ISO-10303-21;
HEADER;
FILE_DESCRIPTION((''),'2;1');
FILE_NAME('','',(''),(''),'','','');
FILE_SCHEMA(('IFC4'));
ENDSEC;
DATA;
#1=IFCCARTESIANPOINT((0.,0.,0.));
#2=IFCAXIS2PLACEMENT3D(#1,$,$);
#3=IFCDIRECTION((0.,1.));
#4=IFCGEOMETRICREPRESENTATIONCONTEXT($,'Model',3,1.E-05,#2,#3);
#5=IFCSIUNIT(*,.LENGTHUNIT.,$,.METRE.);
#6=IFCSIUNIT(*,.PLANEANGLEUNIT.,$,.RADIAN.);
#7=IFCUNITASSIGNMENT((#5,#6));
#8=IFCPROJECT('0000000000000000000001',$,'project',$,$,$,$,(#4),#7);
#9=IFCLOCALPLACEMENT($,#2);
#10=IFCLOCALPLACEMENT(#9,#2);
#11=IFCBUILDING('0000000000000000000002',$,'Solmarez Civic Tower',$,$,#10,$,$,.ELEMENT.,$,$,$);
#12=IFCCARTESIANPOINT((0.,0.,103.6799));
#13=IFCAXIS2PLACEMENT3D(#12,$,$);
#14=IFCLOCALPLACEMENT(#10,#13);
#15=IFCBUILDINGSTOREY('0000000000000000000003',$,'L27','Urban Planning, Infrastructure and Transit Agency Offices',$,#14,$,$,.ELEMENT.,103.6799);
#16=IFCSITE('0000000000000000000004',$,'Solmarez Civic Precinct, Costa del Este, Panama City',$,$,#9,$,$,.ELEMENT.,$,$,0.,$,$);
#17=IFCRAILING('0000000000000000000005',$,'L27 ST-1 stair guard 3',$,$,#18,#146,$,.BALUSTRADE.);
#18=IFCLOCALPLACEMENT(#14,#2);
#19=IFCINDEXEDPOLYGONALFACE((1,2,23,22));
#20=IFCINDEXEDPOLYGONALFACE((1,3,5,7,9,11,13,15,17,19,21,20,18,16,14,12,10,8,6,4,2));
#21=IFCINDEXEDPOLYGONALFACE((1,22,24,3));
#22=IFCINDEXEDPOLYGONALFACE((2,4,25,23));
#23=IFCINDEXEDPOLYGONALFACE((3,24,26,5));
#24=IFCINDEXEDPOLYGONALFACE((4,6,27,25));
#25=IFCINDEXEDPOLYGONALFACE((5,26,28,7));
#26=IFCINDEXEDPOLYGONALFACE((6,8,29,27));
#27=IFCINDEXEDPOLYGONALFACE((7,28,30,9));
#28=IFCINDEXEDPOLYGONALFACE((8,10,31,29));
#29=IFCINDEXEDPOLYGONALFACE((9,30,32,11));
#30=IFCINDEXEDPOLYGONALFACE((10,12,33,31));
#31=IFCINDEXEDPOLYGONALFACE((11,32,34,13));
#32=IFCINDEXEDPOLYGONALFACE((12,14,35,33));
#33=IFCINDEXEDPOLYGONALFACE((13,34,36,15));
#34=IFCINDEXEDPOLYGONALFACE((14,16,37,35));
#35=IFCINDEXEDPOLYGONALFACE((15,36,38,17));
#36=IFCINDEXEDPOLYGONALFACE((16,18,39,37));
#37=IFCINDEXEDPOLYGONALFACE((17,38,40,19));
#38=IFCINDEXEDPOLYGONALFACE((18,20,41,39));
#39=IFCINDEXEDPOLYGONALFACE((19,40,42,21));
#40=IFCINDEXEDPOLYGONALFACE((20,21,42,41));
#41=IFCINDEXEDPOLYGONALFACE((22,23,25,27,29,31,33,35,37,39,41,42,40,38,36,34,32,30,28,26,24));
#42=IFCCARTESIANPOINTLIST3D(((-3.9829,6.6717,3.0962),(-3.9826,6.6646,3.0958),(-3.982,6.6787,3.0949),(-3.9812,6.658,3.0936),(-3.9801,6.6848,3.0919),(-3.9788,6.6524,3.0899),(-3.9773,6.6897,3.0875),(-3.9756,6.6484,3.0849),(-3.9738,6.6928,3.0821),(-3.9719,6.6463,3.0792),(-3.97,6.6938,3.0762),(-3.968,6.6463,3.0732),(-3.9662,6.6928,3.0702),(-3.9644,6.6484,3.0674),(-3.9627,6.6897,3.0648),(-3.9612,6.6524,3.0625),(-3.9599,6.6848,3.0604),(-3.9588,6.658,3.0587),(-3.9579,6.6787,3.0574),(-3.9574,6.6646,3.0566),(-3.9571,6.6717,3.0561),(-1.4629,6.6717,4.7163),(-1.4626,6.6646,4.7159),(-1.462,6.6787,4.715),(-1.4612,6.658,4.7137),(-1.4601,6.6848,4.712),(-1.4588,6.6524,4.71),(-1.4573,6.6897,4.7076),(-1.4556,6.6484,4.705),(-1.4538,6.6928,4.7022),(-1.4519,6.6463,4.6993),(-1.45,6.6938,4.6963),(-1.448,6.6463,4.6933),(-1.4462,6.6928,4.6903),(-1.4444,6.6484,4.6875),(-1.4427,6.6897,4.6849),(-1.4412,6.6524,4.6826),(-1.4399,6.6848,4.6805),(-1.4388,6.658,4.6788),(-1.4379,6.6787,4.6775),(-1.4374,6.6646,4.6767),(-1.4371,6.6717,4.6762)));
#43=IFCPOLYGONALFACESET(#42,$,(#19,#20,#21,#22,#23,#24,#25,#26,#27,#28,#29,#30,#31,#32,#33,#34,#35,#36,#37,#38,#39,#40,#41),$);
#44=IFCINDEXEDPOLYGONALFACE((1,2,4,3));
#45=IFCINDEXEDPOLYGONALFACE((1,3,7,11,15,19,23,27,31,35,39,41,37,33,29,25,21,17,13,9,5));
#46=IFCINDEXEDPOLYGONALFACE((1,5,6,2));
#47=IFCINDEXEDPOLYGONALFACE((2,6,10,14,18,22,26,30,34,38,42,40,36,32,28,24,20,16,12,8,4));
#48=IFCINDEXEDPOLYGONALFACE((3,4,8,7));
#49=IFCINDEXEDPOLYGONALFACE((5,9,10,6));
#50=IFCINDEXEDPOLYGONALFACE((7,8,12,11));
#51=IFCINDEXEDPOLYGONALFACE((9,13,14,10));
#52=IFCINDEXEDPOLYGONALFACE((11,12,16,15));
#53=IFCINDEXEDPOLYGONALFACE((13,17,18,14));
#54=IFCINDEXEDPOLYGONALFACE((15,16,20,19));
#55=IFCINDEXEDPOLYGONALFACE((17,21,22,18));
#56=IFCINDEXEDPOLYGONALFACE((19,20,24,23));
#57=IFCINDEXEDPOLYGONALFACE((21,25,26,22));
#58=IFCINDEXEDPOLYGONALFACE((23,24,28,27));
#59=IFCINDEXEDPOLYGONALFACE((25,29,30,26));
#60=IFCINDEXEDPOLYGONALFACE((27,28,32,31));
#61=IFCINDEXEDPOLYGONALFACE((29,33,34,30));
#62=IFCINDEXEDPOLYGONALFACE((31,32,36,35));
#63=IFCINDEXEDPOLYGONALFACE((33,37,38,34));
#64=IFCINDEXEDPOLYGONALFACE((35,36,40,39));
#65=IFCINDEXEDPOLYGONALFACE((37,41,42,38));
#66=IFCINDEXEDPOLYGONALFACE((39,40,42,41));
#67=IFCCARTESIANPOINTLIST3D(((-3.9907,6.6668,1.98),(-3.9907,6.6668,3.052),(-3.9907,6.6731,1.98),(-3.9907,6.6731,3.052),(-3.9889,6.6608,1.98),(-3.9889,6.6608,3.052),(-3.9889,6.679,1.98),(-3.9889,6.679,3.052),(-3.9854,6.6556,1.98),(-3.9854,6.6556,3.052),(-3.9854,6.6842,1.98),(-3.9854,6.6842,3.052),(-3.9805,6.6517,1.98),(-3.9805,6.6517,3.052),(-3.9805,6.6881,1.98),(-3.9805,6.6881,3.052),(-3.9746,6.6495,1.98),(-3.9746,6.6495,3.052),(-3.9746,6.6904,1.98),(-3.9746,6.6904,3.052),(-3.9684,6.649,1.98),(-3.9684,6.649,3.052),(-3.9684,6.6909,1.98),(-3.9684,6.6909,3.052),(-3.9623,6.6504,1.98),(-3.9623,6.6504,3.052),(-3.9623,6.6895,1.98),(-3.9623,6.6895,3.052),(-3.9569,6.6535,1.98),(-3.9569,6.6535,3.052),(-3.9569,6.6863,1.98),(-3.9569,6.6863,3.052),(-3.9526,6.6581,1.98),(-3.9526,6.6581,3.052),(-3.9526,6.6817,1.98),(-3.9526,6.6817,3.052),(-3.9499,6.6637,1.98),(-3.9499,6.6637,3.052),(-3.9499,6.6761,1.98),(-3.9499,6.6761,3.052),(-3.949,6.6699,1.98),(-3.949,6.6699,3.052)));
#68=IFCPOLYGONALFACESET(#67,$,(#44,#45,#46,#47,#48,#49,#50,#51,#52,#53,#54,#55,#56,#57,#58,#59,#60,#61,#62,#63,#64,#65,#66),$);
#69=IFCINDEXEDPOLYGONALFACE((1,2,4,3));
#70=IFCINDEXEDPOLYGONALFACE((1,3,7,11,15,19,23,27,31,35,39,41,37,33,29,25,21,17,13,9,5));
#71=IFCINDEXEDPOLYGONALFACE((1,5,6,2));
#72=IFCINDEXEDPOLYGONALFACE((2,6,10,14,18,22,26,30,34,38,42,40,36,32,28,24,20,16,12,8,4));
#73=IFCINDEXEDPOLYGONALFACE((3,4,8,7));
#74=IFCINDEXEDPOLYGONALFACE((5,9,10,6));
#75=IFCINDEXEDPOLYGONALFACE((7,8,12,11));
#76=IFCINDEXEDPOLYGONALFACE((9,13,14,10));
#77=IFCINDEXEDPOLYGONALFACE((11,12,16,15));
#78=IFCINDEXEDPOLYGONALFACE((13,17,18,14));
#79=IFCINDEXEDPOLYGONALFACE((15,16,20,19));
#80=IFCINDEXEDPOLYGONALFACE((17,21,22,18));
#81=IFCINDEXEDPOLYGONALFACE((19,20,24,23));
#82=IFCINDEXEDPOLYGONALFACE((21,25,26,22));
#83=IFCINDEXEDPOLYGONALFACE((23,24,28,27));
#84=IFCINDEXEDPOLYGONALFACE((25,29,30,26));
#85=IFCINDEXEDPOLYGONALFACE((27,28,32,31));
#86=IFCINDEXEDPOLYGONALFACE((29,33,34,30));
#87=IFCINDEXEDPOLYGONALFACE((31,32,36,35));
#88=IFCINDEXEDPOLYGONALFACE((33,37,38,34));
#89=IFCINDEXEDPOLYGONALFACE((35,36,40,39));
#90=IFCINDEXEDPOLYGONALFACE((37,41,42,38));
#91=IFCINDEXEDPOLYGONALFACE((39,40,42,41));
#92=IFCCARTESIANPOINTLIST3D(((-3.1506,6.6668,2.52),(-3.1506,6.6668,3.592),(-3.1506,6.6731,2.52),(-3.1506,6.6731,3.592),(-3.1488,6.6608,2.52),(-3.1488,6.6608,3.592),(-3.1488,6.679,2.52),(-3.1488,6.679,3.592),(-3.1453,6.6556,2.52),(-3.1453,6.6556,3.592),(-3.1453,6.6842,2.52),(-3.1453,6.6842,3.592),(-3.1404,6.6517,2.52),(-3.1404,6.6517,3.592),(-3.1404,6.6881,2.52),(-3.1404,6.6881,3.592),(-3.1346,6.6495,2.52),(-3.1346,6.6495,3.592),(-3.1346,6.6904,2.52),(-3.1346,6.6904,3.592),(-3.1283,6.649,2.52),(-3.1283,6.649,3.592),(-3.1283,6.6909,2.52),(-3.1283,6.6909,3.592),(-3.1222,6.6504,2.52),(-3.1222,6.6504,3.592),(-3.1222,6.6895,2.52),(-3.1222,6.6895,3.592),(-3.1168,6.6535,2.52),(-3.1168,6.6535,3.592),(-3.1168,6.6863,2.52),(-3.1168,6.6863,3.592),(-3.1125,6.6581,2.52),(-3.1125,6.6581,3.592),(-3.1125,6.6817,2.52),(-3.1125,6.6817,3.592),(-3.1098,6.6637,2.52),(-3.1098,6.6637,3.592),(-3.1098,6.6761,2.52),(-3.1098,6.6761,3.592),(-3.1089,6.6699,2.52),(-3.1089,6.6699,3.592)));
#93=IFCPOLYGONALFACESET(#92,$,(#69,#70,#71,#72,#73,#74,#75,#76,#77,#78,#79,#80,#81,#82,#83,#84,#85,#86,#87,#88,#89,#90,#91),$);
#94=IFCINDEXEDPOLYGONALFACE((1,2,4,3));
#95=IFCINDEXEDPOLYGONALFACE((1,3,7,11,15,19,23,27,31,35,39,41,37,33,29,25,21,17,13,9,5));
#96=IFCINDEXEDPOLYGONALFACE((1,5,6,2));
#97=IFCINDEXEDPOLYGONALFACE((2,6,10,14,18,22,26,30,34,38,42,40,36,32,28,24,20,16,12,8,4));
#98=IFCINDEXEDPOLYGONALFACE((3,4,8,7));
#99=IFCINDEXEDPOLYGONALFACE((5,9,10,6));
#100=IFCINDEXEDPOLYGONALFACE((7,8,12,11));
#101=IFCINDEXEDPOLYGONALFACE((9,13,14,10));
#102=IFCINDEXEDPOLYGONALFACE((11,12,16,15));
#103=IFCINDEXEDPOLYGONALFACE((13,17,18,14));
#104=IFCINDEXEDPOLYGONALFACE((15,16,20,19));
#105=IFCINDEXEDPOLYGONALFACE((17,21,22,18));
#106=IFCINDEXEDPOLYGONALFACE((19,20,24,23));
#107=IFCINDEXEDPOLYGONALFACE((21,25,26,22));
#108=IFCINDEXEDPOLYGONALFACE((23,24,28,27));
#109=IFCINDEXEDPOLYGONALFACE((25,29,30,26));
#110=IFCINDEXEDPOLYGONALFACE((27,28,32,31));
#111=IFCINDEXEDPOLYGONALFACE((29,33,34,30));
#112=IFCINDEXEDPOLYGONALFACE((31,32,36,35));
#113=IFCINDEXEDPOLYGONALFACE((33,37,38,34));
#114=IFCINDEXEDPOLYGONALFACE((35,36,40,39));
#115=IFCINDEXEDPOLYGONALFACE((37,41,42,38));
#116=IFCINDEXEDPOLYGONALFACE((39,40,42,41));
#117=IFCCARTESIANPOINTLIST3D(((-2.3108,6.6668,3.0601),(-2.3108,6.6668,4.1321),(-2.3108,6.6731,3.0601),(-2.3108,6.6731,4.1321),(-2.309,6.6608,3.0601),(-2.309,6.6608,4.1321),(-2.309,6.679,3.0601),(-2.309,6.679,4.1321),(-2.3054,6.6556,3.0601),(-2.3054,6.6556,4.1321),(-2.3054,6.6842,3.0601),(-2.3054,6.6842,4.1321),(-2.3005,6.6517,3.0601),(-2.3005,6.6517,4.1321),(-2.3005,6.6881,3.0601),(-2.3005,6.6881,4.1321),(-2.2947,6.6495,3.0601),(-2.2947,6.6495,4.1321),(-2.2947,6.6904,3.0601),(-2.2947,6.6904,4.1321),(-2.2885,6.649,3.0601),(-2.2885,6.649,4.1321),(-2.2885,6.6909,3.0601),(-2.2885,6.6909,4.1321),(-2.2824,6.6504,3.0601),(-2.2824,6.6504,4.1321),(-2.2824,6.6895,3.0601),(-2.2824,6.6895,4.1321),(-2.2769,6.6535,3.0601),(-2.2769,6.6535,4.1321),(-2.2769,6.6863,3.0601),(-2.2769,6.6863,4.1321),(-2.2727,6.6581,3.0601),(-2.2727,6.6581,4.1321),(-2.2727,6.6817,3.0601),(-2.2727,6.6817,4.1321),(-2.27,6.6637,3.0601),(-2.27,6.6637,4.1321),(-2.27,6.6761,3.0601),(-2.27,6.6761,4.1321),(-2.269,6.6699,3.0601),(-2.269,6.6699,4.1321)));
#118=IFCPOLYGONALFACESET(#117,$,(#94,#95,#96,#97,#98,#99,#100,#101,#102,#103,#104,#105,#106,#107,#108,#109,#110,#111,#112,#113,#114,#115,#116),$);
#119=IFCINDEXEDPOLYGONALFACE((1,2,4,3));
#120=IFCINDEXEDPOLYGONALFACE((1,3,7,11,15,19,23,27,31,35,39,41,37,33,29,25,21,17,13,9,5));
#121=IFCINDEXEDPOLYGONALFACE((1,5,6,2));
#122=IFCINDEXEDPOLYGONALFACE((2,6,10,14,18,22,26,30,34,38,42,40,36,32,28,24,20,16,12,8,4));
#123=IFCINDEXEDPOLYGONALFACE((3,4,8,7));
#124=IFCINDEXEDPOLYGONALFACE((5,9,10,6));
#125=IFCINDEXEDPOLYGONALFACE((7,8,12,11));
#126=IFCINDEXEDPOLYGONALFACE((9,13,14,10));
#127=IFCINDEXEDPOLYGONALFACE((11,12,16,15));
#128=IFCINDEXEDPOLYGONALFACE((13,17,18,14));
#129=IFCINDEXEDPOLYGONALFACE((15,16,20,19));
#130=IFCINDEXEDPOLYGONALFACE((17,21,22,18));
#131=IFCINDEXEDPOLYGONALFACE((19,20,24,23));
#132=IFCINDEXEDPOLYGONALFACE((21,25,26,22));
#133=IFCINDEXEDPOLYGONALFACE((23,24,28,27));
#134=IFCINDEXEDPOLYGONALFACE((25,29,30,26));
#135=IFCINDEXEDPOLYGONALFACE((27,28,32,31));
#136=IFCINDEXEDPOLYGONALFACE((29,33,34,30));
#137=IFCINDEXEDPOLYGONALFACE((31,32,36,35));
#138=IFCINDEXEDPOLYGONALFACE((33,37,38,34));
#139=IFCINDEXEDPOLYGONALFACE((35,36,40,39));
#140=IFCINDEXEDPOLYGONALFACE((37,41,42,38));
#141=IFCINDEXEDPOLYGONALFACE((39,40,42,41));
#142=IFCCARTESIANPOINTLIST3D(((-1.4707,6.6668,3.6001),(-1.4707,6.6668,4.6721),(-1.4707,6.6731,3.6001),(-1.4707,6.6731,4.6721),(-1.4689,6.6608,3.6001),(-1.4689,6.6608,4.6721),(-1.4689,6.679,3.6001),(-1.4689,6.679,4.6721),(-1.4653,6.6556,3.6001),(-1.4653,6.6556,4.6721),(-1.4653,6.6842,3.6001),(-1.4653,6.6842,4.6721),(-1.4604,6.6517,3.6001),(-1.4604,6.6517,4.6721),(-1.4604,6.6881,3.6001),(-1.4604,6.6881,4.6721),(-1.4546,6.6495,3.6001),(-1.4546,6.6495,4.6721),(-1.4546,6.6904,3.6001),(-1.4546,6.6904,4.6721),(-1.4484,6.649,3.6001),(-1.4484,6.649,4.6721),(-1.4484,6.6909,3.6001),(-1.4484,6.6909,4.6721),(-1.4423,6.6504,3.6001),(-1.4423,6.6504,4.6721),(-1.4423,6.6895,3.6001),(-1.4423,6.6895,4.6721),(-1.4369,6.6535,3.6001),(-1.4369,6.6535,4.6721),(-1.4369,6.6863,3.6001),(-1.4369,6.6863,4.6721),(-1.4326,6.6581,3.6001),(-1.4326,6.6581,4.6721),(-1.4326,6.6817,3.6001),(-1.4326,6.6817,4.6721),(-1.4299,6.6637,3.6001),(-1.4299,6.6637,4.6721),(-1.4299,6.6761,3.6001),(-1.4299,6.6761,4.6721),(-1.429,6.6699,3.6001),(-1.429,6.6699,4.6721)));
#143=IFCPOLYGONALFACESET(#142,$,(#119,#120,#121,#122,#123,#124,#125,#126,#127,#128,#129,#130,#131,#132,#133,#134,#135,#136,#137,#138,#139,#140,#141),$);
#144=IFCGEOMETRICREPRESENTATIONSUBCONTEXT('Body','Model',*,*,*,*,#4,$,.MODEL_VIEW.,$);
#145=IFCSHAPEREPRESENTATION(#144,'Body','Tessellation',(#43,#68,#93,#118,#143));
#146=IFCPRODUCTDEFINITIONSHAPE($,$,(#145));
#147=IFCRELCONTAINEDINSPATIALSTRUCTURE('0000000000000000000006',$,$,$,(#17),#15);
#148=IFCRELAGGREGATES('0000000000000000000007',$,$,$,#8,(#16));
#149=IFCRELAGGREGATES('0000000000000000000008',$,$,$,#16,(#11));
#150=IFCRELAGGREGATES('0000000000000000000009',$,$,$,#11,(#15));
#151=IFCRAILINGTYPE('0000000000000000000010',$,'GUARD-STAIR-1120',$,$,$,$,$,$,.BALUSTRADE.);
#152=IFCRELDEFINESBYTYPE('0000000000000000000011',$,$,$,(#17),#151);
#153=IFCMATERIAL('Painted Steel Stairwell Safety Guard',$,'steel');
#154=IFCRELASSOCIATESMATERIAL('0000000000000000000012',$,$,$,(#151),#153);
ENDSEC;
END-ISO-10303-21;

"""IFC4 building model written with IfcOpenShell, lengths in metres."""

from ifc_helpers import new_model, si_unit, direction, frame, origin, origin_2d, place, context, subcontext, project, spatial, circle, extrude, material, type_object, element, save


model = new_model("IFC4")

# Units and contexts
model_context = context("Model", 3, precision=1e-05, world=origin(), true_north=direction((0.0, 1.0)))
body_context = subcontext(model_context, "Body", "Model", "MODEL_VIEW")
ifc_project = project(units=[si_unit("LENGTHUNIT", "METRE"), si_unit("PLANEANGLEUNIT", "RADIAN")], contexts=[model_context])

# Site, building, storey
site_placement = place(None, origin())
site = spatial("IfcSite", under=ifc_project, at=site_placement, Name="Solmarez Civic Precinct, Costa del Este, Panama City", CompositionType="ELEMENT", RefElevation=0.0)
building_placement = place(site_placement, origin())
building = spatial("IfcBuilding", under=site, at=building_placement, Name="Solmarez Civic Tower", CompositionType="ELEMENT")
storey_placement = place(building_placement, frame((0.0, 0.0, 103.6799)))
storey = spatial("IfcBuildingStorey", under=building, at=storey_placement, Name="L27", Description="Urban Planning, Infrastructure and Transit Agency Offices", CompositionType="ELEMENT", Elevation=103.6799)

# Railing
ifc_material_1 = material(Name="Painted Steel Stairwell Safety Guard", Category="steel")
railing_type_1 = type_object("IfcRailingType", Name="GUARD-STAIR-1120", PredefinedType="BALUSTRADE", material=ifc_material_1)
railing_1_placement = place(storey_placement, frame((-3.97, 6.6699, 1.98)))
element("IfcRailing", 1, at=railing_1_placement, inside=storey, type_object=railing_type_1, Name="L27 ST-1 stair guard 3", PredefinedType="BALUSTRADE", context=body_context, shape_type="SweptSolid", body=[
    extrude(circle(Radius=0.0239, at=origin_2d()), frame((0.0, 0.0, 1.0962), z_axis=(0.841163, 0.0, 0.540782), x_axis=(0.0, 1.0, 0.0)), (0.0, 0.0, 1.0), 2.9958),
    extrude(circle(Radius=0.021, at=origin_2d()), origin(), (0.0, 0.0, 1.0), 1.072),
    extrude(circle(Radius=0.021, at=origin_2d()), frame((0.8401, 0.0, 0.54)), (0.0, 0.0, 1.0), 1.072),
    extrude(circle(Radius=0.021, at=origin_2d()), frame((1.6799, 0.0, 1.0801)), (0.0, 0.0, 1.0), 1.072),
    extrude(circle(Radius=0.021, at=origin_2d()), frame((2.52, 0.0, 1.6201)), (0.0, 0.0, 1.0), 1.072),
])

save(model, "model.ifc")
